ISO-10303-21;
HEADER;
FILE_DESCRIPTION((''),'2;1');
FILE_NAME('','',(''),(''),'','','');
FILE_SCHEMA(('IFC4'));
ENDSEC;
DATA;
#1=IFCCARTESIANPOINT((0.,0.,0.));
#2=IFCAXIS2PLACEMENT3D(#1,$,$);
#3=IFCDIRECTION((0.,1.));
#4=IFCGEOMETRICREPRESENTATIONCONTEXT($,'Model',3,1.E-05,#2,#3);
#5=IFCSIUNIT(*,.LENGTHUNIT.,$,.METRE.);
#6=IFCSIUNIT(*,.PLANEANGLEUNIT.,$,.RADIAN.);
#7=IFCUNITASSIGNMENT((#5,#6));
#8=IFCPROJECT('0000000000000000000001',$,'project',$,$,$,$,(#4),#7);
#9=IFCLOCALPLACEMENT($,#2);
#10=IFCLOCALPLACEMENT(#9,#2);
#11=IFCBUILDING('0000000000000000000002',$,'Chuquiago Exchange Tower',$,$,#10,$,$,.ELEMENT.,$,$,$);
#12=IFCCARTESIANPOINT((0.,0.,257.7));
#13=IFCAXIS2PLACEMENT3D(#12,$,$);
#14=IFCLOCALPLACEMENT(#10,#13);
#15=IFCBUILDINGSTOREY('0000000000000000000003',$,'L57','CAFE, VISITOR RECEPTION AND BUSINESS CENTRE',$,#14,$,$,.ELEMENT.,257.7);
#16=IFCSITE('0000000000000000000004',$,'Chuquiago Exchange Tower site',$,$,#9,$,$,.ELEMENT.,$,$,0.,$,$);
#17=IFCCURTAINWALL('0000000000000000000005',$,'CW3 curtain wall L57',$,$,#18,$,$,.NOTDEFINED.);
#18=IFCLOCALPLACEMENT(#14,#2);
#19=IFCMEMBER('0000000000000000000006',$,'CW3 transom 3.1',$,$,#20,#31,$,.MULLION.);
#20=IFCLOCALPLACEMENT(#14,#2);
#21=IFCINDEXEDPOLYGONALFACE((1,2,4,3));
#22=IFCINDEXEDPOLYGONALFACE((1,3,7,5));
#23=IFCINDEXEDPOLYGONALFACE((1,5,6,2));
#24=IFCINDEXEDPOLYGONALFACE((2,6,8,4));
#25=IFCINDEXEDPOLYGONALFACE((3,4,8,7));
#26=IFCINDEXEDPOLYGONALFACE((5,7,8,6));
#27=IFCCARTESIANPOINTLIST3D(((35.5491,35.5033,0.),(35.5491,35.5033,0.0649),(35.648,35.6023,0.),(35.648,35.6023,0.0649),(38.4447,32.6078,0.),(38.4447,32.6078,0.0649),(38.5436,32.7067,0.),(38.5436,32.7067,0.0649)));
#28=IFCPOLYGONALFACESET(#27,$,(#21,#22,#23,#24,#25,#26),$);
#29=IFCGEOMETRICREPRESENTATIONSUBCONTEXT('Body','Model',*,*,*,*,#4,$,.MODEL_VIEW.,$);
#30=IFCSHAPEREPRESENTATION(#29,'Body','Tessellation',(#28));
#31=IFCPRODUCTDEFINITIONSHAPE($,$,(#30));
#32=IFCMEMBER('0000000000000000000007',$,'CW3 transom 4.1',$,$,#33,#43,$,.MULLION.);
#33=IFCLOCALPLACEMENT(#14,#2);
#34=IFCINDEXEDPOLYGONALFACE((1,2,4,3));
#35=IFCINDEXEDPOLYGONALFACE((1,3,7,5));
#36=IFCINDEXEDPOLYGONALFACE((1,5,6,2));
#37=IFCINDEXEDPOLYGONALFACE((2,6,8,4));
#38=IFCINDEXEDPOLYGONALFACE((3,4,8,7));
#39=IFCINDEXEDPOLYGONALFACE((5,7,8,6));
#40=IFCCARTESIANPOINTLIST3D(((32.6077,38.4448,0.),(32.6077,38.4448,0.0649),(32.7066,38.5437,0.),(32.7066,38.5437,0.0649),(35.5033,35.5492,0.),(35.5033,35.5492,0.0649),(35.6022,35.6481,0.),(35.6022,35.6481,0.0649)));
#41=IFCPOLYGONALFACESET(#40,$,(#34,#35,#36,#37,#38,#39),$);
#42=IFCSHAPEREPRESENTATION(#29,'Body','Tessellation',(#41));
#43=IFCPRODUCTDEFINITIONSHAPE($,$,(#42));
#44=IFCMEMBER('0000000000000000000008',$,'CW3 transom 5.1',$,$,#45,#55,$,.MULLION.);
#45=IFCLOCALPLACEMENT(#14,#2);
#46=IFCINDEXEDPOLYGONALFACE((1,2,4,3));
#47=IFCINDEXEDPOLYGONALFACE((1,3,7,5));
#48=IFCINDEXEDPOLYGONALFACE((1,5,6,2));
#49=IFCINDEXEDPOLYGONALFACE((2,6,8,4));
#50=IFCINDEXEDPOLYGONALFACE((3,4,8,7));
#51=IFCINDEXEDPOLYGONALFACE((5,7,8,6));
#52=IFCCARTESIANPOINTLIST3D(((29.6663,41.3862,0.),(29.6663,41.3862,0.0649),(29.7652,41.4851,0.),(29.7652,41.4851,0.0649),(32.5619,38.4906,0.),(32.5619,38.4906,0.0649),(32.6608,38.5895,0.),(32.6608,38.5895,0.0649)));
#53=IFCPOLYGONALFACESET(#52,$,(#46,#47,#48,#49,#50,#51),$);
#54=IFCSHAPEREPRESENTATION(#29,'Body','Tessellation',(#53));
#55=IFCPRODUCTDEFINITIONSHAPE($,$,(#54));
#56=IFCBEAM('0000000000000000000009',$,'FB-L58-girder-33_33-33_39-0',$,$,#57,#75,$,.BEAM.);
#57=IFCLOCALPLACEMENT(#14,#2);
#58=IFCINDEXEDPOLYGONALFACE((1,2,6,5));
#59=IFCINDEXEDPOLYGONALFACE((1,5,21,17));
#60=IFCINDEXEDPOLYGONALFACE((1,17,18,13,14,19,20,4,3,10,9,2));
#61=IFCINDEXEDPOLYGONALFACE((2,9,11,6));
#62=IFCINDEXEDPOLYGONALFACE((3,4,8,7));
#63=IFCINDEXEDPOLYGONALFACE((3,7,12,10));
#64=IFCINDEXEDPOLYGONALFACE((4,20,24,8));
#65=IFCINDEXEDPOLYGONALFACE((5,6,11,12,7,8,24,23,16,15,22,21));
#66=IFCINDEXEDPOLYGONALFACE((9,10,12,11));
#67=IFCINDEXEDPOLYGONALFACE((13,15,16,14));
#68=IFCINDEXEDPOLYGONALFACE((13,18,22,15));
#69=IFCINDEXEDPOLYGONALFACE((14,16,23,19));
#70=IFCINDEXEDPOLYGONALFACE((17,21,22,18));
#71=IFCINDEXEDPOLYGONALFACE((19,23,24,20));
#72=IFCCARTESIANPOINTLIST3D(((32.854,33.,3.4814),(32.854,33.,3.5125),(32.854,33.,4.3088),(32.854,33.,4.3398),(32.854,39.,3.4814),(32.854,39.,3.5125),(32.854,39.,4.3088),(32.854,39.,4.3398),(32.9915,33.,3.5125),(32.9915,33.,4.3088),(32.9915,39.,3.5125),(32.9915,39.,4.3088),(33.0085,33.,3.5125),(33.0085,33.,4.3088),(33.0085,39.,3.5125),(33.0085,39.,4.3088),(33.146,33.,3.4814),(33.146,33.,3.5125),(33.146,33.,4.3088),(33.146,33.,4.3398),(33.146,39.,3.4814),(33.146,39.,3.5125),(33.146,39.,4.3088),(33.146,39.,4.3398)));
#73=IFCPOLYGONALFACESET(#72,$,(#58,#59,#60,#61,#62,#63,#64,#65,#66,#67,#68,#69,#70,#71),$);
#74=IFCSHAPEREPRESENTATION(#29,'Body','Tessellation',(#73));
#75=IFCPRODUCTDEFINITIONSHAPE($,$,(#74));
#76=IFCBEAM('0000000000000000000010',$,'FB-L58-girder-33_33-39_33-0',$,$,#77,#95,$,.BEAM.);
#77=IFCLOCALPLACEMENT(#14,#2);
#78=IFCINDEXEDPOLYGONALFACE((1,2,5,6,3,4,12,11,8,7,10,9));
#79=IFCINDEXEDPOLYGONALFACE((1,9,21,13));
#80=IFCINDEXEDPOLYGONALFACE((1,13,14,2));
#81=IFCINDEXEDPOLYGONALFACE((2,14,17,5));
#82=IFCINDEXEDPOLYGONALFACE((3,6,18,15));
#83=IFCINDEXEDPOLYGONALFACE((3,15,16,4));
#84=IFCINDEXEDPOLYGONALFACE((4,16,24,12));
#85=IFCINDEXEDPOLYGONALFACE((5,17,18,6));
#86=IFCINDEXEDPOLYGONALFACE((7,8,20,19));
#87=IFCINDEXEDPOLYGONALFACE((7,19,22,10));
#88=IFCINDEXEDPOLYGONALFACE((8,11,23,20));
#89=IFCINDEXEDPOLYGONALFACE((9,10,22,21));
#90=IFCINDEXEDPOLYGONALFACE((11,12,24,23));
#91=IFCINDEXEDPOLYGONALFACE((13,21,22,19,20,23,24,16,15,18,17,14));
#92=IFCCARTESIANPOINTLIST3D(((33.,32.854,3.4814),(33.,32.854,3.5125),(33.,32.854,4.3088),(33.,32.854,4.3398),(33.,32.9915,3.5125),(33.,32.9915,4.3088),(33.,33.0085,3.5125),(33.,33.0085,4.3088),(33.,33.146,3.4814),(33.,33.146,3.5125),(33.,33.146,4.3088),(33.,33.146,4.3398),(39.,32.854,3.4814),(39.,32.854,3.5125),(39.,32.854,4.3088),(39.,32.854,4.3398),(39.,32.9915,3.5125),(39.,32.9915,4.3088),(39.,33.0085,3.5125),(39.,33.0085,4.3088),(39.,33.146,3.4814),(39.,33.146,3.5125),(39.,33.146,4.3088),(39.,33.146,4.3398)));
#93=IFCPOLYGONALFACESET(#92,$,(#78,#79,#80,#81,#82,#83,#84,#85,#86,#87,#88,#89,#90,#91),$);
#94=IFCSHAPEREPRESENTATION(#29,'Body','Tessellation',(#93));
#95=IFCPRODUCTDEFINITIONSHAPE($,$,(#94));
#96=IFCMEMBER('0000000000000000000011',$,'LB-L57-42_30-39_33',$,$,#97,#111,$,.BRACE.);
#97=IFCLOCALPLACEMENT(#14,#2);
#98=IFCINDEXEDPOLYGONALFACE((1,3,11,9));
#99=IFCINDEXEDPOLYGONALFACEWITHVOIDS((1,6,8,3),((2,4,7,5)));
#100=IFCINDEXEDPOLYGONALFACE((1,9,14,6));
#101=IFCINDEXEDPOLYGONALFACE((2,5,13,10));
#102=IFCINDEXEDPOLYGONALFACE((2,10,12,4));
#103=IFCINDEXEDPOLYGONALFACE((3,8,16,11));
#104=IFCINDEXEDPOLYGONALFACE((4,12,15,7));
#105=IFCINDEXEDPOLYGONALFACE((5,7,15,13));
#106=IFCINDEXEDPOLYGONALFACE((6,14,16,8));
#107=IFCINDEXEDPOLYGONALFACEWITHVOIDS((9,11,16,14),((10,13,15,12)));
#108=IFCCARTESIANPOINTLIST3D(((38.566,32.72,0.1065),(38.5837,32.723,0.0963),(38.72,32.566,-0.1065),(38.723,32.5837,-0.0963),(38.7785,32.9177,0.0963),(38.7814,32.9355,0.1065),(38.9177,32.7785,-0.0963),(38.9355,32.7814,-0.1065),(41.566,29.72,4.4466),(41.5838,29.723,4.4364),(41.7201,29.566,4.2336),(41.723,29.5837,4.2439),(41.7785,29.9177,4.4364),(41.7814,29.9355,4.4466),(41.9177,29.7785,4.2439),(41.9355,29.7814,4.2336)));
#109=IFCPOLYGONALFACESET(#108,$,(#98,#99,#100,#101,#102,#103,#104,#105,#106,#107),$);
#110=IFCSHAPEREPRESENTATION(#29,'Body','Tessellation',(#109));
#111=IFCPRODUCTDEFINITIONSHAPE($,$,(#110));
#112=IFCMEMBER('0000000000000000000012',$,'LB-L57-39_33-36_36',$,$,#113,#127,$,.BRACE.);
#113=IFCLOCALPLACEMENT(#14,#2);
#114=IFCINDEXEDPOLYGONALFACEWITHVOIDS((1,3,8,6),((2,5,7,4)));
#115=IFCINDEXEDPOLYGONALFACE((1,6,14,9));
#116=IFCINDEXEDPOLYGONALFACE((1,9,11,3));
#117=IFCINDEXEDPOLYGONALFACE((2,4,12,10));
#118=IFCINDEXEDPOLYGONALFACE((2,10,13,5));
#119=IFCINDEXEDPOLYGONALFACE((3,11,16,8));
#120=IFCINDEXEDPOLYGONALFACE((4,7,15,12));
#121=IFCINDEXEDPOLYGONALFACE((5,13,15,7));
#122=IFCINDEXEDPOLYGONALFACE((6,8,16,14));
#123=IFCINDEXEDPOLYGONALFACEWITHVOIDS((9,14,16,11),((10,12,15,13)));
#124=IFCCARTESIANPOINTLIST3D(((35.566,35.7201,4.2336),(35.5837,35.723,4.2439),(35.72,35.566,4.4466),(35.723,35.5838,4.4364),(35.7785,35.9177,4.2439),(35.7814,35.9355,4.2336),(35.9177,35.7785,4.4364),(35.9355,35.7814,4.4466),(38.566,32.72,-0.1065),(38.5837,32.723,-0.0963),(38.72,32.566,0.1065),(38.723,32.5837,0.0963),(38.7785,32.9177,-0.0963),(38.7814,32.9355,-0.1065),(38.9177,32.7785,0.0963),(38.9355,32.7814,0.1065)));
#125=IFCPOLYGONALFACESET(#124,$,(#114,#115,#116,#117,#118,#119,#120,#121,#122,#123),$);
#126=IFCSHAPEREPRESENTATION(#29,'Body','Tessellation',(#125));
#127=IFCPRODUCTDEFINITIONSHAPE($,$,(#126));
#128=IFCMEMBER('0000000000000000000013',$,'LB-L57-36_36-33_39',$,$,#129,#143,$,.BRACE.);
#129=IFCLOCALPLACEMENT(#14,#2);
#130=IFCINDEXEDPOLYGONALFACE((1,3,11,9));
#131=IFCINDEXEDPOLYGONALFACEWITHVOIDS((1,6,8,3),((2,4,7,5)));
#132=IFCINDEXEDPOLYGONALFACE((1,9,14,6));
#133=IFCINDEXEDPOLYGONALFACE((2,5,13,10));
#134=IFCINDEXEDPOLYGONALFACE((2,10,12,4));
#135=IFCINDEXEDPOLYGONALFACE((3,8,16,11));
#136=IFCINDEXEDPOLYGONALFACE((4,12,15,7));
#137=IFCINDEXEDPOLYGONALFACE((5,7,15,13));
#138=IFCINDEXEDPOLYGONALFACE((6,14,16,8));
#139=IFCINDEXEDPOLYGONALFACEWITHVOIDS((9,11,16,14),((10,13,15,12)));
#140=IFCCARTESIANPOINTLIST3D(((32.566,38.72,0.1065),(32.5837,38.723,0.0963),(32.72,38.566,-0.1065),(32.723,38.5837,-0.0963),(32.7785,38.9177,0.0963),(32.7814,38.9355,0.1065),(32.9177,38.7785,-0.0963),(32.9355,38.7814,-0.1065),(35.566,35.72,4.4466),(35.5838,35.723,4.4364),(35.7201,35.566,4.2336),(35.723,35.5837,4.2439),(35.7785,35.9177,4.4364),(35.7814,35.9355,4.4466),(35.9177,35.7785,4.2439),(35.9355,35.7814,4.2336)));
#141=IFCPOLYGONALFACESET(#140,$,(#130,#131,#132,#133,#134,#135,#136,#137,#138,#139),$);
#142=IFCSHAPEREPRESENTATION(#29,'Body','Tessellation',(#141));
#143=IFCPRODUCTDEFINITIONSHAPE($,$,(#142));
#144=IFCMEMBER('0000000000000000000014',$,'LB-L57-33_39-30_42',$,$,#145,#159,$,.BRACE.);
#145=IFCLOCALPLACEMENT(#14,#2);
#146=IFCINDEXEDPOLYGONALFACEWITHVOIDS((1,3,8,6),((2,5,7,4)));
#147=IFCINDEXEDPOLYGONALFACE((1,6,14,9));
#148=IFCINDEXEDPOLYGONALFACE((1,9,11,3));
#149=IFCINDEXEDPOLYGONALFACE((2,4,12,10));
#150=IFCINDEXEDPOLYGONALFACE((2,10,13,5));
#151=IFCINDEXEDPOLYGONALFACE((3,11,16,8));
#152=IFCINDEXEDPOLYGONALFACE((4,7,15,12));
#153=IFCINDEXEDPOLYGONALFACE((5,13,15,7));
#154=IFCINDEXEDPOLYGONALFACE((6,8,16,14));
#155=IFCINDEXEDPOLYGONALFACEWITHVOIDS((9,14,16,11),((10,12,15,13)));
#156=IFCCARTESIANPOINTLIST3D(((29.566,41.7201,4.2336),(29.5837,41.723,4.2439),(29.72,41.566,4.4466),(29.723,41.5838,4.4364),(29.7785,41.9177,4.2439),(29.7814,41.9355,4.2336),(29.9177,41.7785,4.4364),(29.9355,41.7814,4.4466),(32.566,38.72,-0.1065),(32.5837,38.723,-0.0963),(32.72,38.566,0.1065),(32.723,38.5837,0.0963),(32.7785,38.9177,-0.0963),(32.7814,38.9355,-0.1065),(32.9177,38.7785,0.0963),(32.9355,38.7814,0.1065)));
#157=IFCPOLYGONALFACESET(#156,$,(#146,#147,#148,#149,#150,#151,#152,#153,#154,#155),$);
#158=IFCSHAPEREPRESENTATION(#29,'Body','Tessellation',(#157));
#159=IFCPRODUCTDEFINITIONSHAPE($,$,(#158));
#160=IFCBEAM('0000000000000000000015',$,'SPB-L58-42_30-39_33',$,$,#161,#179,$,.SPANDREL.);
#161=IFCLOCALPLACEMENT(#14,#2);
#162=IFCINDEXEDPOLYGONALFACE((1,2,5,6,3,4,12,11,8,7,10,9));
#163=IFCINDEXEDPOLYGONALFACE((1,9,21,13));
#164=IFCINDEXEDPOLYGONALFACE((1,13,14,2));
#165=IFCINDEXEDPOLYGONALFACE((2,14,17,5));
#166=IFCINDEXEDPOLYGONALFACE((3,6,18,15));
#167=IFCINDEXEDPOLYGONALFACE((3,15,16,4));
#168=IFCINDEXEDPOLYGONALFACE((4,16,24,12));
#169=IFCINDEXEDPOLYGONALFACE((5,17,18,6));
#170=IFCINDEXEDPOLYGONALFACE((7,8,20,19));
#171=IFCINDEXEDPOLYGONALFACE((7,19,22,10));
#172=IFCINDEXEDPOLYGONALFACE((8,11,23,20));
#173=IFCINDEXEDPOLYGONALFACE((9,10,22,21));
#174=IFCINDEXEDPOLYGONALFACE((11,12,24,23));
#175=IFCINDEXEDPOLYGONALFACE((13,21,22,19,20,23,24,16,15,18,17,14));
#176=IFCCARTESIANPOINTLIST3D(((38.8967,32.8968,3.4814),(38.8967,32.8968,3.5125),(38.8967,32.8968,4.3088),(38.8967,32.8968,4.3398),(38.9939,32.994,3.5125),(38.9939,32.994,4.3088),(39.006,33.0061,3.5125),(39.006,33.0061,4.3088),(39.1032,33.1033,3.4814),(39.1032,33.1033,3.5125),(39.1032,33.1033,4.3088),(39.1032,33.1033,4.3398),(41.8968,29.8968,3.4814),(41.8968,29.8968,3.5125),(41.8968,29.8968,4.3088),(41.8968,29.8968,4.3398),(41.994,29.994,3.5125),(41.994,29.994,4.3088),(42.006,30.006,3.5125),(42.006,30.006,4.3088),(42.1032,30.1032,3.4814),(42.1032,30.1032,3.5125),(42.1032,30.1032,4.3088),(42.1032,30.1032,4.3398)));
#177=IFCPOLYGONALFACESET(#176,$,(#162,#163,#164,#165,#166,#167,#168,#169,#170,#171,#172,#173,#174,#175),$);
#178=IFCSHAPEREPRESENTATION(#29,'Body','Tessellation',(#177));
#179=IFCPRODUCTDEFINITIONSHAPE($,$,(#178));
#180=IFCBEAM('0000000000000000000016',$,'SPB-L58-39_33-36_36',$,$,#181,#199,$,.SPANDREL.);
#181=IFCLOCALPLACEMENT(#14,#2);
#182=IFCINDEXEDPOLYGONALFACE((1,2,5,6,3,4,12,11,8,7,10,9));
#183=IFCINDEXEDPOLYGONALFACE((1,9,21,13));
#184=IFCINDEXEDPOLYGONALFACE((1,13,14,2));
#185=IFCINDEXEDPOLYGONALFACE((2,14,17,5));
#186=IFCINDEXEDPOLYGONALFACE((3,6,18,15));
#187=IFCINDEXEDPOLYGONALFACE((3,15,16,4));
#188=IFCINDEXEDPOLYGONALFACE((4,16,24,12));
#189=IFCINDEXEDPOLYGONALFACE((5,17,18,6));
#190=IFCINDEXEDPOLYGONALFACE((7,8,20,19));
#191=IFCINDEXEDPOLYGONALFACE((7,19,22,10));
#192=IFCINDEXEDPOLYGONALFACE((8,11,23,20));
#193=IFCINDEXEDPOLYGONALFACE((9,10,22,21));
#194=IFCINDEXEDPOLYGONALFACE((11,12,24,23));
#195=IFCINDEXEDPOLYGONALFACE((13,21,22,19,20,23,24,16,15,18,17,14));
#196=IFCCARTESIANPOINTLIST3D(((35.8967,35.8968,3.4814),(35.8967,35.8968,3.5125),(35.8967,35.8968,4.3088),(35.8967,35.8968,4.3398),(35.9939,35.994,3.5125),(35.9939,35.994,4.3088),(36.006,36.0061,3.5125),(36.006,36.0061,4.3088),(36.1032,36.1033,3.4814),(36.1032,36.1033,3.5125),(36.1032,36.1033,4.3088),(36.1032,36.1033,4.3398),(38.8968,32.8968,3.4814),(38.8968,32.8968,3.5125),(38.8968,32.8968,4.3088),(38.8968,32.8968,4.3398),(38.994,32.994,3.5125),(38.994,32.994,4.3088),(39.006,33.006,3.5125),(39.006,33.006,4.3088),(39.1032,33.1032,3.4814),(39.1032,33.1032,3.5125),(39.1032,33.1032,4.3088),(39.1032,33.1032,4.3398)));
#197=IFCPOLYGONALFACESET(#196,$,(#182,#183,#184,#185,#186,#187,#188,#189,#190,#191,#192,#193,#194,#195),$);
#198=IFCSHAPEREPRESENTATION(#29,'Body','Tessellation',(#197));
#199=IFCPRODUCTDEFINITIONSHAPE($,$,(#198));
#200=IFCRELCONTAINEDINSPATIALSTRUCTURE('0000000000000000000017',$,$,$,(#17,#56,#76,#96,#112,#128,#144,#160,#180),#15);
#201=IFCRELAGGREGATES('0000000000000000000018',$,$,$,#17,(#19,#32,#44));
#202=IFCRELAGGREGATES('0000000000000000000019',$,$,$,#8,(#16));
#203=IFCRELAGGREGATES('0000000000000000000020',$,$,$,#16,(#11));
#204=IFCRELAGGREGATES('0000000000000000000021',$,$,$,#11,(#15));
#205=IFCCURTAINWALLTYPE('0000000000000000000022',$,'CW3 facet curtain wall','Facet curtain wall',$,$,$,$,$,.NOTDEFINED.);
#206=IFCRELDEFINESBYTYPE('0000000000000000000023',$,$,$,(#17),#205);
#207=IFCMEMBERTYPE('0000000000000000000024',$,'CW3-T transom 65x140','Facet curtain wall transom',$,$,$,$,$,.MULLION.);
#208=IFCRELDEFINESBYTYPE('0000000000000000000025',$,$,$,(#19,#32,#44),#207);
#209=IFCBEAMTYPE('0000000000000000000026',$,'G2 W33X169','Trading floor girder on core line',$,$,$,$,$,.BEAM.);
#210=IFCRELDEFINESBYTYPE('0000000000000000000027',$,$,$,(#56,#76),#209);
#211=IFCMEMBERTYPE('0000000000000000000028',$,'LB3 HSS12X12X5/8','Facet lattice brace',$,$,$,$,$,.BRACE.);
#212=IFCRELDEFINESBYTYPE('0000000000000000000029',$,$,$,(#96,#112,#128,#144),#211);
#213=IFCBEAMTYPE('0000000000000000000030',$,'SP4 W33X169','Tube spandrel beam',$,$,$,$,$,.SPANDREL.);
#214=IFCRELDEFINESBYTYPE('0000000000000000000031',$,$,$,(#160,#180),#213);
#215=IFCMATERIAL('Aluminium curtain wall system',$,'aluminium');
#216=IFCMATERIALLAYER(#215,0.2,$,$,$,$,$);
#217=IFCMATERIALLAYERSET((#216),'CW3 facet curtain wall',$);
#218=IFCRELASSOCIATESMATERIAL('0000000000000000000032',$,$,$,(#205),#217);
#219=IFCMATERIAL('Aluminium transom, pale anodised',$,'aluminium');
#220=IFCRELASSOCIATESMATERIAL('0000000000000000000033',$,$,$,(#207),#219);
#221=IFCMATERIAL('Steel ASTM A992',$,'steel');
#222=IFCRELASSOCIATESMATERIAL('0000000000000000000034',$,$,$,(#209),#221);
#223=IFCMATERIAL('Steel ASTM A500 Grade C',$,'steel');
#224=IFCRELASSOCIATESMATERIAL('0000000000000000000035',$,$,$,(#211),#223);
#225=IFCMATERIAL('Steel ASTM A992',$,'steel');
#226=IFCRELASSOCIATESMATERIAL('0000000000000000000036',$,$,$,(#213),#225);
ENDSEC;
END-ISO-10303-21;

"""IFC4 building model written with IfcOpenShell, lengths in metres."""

from ifc_helpers import new_model, si_unit, direction, frame, origin, origin_2d, place, context, subcontext, project, spatial, rectangle, hollow_rectangle, i_section, extrude, material, layer, layer_set, material_profile, profile_set, type_object, element, aggregate, save


model = new_model("IFC4")

# Units and contexts
model_context = context("Model", 3, precision=1e-05, world=origin(), true_north=direction((0.0, 1.0)))
body_context = subcontext(model_context, "Body", "Model", "MODEL_VIEW")
ifc_project = project(units=[si_unit("LENGTHUNIT", "METRE"), si_unit("PLANEANGLEUNIT", "RADIAN")], contexts=[model_context])

# Site, building, storey
site_placement = place(None, origin())
site = spatial("IfcSite", under=ifc_project, at=site_placement, Name="Chuquiago Exchange Tower site", CompositionType="ELEMENT", RefElevation=0.0)
building_placement = place(site_placement, origin())
building = spatial("IfcBuilding", under=site, at=building_placement, Name="Chuquiago Exchange Tower", CompositionType="ELEMENT")
storey_placement = place(building_placement, frame((0.0, 0.0, 257.7)))
storey = spatial("IfcBuildingStorey", under=building, at=storey_placement, Name="L57", Description="CAFE, VISITOR RECEPTION AND BUSINESS CENTRE", CompositionType="ELEMENT", Elevation=257.7)

# Curtain wall, members
ifc_material_1 = material(Name="Aluminium curtain wall system", Category="aluminium")
ifc_layer_1 = layer(ifc_material_1, 0.2)
ifc_layer_set_1 = layer_set([ifc_layer_1], Name="CW3 facet curtain wall")
curtain_wall_type = type_object("IfcCurtainWallType", Name="CW3 facet curtain wall", Description="Facet curtain wall", PredefinedType="NOTDEFINED", material=ifc_layer_set_1)
curtain_wall_placement = place(storey_placement, origin())
curtain_wall = element("IfcCurtainWall", 1, at=curtain_wall_placement, inside=storey, type_object=curtain_wall_type, Name="CW3 curtain wall L57", PredefinedType="NOTDEFINED")
ifc_material_2 = material(Name="Aluminium transom, pale anodised", Category="aluminium")
ifc_material_profile_1 = material_profile(ifc_material_2, rectangle(XDim=0.1399, YDim=0.0649, at=origin_2d()), Name="AL 140x65")
ifc_profile_set_1 = profile_set([ifc_material_profile_1], Name="Aluminium transom, pale anodised")
member_type_1 = type_object("IfcMemberType", Name="CW3-T transom 65x140", Description="Facet curtain wall transom", PredefinedType="MULLION", material=ifc_profile_set_1)
member_1_placement = place(storey_placement, frame((38.4941, 32.6572, 0.0325), z_axis=(-0.707107, 0.707107, 0.0), x_axis=(-0.707107, -0.707107, 0.0)))
member_1 = element("IfcMember", 2, at=member_1_placement, type_object=member_type_1, Name="CW3 transom 3.1", PredefinedType="MULLION", context=body_context, shape_type="SweptSolid", body=[
    extrude(rectangle(XDim=0.1399, YDim=0.0649, at=origin_2d()), origin(), (0.0, 0.0, 1.0), 4.095),
])
member_2_placement = place(storey_placement, frame((35.5527, 35.5986, 0.0325), z_axis=(-0.707107, 0.707107, 0.0), x_axis=(-0.707107, -0.707107, 0.0)))
member_2 = element("IfcMember", 3, at=member_2_placement, type_object=member_type_1, Name="CW3 transom 4.1", PredefinedType="MULLION", context=body_context, shape_type="SweptSolid", body=[
    extrude(rectangle(XDim=0.1399, YDim=0.0649, at=origin_2d()), origin(), (0.0, 0.0, 1.0), 4.095),
])
member_3_placement = place(storey_placement, frame((32.6113, 38.54, 0.0325), z_axis=(-0.707107, 0.707107, 0.0), x_axis=(-0.707107, -0.707107, 0.0)))
member_3 = element("IfcMember", 4, at=member_3_placement, type_object=member_type_1, Name="CW3 transom 5.1", PredefinedType="MULLION", context=body_context, shape_type="SweptSolid", body=[
    extrude(rectangle(XDim=0.1399, YDim=0.0649, at=origin_2d()), origin(), (0.0, 0.0, 1.0), 4.095),
])

# Beams
ifc_material_3 = material(Name="Steel ASTM A992", Category="steel")
ifc_material_profile_2 = material_profile(ifc_material_3, i_section(OverallWidth=0.292, OverallDepth=0.8584, WebThickness=0.0171, FlangeThickness=0.031, at=origin_2d()), Name="W33X169")
ifc_profile_set_2 = profile_set([ifc_material_profile_2], Name="Steel ASTM A992")
beam_type_1 = type_object("IfcBeamType", Name="G2 W33X169", Description="Trading floor girder on core line", PredefinedType="BEAM", material=ifc_profile_set_2)
for number, where, z_axis, x_axis, name in (
    (5, (33.0, 33.0, 3.9106), (0.0, 1.0, 0.0), (-1.0, 0.0, 0.0), "FB-L58-girder-33_33-33_39-0"),
    (6, (33.0, 33.0, 3.9106), (1.0, 0.0, 0.0), (0.0, 1.0, 0.0), "FB-L58-girder-33_33-39_33-0"),
):
    element("IfcBeam", number, at=place(storey_placement, frame(where, z_axis=z_axis, x_axis=x_axis)), inside=storey, type_object=beam_type_1, Name=name, PredefinedType="BEAM", context=body_context, shape_type="SweptSolid", body=[
        extrude(i_section(OverallWidth=0.292, OverallDepth=0.8584, WebThickness=0.0171, FlangeThickness=0.031, at=origin_2d()), origin(), (0.0, 0.0, 1.0), 6.0),
    ])

# Members
ifc_material_4 = material(Name="Steel ASTM A500 Grade C", Category="steel")
ifc_material_profile_3 = material_profile(ifc_material_4, hollow_rectangle(XDim=0.3047, YDim=0.3047, WallThickness=0.0146, at=origin_2d()), Name="HSS12X12X5/8")
ifc_profile_set_3 = profile_set([ifc_material_profile_3], Name="Steel ASTM A500 Grade C")
member_type_2 = type_object("IfcMemberType", Name="LB3 HSS12X12X5/8", Description="Facet lattice brace", PredefinedType="BRACE", material=ifc_profile_set_3)
for number, where, z_axis, x_axis, name in (
    (7, (38.7507, 32.7507, 0.0), (0.494291, -0.494291, 0.715089), (0.707107, 0.707107, 0.0), "LB-L57-42_30-39_33"),
    (8, (38.7507, 32.7507, 0.0), (-0.494291, 0.494291, 0.715089), (-0.707107, -0.707107, 0.0), "LB-L57-39_33-36_36"),
    (9, (32.7507, 38.7507, 0.0), (0.494291, -0.494291, 0.715089), (0.707107, 0.707107, 0.0), "LB-L57-36_36-33_39"),
    (10, (32.7507, 38.7507, 0.0), (-0.494291, 0.494291, 0.715089), (-0.707107, -0.707107, 0.0), "LB-L57-33_39-30_42"),
):
    element("IfcMember", number, at=place(storey_placement, frame(where, z_axis=z_axis, x_axis=x_axis)), inside=storey, type_object=member_type_2, Name=name, PredefinedType="BRACE", context=body_context, shape_type="SweptSolid", body=[
        extrude(hollow_rectangle(XDim=0.3047, YDim=0.3047, WallThickness=0.0146, at=origin_2d()), origin(), (0.0, 0.0, 1.0), 6.0693),
    ])

# Beams
ifc_material_5 = material(Name="Steel ASTM A992", Category="steel")
ifc_material_profile_4 = material_profile(ifc_material_5, i_section(OverallWidth=0.292, OverallDepth=0.8584, WebThickness=0.0171, FlangeThickness=0.031, at=origin_2d()), Name="W33X169")
ifc_profile_set_4 = profile_set([ifc_material_profile_4], Name="Steel ASTM A992")
beam_type_2 = type_object("IfcBeamType", Name="SP4 W33X169", Description="Tube spandrel beam", PredefinedType="SPANDREL", material=ifc_profile_set_4)
for number, where, z_axis, x_axis, name in (
    (11, (42.0, 30.0, 3.9106), (-0.707107, 0.707107, 0.0), (-0.707107, -0.707107, 0.0), "SPB-L58-42_30-39_33"),
    (12, (39.0, 33.0, 3.9106), (-0.707107, 0.707107, 0.0), (-0.707107, -0.707107, 0.0), "SPB-L58-39_33-36_36"),
):
    element("IfcBeam", number, at=place(storey_placement, frame(where, z_axis=z_axis, x_axis=x_axis)), inside=storey, type_object=beam_type_2, Name=name, PredefinedType="SPANDREL", context=body_context, shape_type="SweptSolid", body=[
        extrude(i_section(OverallWidth=0.292, OverallDepth=0.8584, WebThickness=0.0171, FlangeThickness=0.031, at=origin_2d()), origin(), (0.0, 0.0, 1.0), 4.2427),
    ])

aggregate(curtain_wall, [member_1, member_2, member_3])

save(model, "model.ifc")
